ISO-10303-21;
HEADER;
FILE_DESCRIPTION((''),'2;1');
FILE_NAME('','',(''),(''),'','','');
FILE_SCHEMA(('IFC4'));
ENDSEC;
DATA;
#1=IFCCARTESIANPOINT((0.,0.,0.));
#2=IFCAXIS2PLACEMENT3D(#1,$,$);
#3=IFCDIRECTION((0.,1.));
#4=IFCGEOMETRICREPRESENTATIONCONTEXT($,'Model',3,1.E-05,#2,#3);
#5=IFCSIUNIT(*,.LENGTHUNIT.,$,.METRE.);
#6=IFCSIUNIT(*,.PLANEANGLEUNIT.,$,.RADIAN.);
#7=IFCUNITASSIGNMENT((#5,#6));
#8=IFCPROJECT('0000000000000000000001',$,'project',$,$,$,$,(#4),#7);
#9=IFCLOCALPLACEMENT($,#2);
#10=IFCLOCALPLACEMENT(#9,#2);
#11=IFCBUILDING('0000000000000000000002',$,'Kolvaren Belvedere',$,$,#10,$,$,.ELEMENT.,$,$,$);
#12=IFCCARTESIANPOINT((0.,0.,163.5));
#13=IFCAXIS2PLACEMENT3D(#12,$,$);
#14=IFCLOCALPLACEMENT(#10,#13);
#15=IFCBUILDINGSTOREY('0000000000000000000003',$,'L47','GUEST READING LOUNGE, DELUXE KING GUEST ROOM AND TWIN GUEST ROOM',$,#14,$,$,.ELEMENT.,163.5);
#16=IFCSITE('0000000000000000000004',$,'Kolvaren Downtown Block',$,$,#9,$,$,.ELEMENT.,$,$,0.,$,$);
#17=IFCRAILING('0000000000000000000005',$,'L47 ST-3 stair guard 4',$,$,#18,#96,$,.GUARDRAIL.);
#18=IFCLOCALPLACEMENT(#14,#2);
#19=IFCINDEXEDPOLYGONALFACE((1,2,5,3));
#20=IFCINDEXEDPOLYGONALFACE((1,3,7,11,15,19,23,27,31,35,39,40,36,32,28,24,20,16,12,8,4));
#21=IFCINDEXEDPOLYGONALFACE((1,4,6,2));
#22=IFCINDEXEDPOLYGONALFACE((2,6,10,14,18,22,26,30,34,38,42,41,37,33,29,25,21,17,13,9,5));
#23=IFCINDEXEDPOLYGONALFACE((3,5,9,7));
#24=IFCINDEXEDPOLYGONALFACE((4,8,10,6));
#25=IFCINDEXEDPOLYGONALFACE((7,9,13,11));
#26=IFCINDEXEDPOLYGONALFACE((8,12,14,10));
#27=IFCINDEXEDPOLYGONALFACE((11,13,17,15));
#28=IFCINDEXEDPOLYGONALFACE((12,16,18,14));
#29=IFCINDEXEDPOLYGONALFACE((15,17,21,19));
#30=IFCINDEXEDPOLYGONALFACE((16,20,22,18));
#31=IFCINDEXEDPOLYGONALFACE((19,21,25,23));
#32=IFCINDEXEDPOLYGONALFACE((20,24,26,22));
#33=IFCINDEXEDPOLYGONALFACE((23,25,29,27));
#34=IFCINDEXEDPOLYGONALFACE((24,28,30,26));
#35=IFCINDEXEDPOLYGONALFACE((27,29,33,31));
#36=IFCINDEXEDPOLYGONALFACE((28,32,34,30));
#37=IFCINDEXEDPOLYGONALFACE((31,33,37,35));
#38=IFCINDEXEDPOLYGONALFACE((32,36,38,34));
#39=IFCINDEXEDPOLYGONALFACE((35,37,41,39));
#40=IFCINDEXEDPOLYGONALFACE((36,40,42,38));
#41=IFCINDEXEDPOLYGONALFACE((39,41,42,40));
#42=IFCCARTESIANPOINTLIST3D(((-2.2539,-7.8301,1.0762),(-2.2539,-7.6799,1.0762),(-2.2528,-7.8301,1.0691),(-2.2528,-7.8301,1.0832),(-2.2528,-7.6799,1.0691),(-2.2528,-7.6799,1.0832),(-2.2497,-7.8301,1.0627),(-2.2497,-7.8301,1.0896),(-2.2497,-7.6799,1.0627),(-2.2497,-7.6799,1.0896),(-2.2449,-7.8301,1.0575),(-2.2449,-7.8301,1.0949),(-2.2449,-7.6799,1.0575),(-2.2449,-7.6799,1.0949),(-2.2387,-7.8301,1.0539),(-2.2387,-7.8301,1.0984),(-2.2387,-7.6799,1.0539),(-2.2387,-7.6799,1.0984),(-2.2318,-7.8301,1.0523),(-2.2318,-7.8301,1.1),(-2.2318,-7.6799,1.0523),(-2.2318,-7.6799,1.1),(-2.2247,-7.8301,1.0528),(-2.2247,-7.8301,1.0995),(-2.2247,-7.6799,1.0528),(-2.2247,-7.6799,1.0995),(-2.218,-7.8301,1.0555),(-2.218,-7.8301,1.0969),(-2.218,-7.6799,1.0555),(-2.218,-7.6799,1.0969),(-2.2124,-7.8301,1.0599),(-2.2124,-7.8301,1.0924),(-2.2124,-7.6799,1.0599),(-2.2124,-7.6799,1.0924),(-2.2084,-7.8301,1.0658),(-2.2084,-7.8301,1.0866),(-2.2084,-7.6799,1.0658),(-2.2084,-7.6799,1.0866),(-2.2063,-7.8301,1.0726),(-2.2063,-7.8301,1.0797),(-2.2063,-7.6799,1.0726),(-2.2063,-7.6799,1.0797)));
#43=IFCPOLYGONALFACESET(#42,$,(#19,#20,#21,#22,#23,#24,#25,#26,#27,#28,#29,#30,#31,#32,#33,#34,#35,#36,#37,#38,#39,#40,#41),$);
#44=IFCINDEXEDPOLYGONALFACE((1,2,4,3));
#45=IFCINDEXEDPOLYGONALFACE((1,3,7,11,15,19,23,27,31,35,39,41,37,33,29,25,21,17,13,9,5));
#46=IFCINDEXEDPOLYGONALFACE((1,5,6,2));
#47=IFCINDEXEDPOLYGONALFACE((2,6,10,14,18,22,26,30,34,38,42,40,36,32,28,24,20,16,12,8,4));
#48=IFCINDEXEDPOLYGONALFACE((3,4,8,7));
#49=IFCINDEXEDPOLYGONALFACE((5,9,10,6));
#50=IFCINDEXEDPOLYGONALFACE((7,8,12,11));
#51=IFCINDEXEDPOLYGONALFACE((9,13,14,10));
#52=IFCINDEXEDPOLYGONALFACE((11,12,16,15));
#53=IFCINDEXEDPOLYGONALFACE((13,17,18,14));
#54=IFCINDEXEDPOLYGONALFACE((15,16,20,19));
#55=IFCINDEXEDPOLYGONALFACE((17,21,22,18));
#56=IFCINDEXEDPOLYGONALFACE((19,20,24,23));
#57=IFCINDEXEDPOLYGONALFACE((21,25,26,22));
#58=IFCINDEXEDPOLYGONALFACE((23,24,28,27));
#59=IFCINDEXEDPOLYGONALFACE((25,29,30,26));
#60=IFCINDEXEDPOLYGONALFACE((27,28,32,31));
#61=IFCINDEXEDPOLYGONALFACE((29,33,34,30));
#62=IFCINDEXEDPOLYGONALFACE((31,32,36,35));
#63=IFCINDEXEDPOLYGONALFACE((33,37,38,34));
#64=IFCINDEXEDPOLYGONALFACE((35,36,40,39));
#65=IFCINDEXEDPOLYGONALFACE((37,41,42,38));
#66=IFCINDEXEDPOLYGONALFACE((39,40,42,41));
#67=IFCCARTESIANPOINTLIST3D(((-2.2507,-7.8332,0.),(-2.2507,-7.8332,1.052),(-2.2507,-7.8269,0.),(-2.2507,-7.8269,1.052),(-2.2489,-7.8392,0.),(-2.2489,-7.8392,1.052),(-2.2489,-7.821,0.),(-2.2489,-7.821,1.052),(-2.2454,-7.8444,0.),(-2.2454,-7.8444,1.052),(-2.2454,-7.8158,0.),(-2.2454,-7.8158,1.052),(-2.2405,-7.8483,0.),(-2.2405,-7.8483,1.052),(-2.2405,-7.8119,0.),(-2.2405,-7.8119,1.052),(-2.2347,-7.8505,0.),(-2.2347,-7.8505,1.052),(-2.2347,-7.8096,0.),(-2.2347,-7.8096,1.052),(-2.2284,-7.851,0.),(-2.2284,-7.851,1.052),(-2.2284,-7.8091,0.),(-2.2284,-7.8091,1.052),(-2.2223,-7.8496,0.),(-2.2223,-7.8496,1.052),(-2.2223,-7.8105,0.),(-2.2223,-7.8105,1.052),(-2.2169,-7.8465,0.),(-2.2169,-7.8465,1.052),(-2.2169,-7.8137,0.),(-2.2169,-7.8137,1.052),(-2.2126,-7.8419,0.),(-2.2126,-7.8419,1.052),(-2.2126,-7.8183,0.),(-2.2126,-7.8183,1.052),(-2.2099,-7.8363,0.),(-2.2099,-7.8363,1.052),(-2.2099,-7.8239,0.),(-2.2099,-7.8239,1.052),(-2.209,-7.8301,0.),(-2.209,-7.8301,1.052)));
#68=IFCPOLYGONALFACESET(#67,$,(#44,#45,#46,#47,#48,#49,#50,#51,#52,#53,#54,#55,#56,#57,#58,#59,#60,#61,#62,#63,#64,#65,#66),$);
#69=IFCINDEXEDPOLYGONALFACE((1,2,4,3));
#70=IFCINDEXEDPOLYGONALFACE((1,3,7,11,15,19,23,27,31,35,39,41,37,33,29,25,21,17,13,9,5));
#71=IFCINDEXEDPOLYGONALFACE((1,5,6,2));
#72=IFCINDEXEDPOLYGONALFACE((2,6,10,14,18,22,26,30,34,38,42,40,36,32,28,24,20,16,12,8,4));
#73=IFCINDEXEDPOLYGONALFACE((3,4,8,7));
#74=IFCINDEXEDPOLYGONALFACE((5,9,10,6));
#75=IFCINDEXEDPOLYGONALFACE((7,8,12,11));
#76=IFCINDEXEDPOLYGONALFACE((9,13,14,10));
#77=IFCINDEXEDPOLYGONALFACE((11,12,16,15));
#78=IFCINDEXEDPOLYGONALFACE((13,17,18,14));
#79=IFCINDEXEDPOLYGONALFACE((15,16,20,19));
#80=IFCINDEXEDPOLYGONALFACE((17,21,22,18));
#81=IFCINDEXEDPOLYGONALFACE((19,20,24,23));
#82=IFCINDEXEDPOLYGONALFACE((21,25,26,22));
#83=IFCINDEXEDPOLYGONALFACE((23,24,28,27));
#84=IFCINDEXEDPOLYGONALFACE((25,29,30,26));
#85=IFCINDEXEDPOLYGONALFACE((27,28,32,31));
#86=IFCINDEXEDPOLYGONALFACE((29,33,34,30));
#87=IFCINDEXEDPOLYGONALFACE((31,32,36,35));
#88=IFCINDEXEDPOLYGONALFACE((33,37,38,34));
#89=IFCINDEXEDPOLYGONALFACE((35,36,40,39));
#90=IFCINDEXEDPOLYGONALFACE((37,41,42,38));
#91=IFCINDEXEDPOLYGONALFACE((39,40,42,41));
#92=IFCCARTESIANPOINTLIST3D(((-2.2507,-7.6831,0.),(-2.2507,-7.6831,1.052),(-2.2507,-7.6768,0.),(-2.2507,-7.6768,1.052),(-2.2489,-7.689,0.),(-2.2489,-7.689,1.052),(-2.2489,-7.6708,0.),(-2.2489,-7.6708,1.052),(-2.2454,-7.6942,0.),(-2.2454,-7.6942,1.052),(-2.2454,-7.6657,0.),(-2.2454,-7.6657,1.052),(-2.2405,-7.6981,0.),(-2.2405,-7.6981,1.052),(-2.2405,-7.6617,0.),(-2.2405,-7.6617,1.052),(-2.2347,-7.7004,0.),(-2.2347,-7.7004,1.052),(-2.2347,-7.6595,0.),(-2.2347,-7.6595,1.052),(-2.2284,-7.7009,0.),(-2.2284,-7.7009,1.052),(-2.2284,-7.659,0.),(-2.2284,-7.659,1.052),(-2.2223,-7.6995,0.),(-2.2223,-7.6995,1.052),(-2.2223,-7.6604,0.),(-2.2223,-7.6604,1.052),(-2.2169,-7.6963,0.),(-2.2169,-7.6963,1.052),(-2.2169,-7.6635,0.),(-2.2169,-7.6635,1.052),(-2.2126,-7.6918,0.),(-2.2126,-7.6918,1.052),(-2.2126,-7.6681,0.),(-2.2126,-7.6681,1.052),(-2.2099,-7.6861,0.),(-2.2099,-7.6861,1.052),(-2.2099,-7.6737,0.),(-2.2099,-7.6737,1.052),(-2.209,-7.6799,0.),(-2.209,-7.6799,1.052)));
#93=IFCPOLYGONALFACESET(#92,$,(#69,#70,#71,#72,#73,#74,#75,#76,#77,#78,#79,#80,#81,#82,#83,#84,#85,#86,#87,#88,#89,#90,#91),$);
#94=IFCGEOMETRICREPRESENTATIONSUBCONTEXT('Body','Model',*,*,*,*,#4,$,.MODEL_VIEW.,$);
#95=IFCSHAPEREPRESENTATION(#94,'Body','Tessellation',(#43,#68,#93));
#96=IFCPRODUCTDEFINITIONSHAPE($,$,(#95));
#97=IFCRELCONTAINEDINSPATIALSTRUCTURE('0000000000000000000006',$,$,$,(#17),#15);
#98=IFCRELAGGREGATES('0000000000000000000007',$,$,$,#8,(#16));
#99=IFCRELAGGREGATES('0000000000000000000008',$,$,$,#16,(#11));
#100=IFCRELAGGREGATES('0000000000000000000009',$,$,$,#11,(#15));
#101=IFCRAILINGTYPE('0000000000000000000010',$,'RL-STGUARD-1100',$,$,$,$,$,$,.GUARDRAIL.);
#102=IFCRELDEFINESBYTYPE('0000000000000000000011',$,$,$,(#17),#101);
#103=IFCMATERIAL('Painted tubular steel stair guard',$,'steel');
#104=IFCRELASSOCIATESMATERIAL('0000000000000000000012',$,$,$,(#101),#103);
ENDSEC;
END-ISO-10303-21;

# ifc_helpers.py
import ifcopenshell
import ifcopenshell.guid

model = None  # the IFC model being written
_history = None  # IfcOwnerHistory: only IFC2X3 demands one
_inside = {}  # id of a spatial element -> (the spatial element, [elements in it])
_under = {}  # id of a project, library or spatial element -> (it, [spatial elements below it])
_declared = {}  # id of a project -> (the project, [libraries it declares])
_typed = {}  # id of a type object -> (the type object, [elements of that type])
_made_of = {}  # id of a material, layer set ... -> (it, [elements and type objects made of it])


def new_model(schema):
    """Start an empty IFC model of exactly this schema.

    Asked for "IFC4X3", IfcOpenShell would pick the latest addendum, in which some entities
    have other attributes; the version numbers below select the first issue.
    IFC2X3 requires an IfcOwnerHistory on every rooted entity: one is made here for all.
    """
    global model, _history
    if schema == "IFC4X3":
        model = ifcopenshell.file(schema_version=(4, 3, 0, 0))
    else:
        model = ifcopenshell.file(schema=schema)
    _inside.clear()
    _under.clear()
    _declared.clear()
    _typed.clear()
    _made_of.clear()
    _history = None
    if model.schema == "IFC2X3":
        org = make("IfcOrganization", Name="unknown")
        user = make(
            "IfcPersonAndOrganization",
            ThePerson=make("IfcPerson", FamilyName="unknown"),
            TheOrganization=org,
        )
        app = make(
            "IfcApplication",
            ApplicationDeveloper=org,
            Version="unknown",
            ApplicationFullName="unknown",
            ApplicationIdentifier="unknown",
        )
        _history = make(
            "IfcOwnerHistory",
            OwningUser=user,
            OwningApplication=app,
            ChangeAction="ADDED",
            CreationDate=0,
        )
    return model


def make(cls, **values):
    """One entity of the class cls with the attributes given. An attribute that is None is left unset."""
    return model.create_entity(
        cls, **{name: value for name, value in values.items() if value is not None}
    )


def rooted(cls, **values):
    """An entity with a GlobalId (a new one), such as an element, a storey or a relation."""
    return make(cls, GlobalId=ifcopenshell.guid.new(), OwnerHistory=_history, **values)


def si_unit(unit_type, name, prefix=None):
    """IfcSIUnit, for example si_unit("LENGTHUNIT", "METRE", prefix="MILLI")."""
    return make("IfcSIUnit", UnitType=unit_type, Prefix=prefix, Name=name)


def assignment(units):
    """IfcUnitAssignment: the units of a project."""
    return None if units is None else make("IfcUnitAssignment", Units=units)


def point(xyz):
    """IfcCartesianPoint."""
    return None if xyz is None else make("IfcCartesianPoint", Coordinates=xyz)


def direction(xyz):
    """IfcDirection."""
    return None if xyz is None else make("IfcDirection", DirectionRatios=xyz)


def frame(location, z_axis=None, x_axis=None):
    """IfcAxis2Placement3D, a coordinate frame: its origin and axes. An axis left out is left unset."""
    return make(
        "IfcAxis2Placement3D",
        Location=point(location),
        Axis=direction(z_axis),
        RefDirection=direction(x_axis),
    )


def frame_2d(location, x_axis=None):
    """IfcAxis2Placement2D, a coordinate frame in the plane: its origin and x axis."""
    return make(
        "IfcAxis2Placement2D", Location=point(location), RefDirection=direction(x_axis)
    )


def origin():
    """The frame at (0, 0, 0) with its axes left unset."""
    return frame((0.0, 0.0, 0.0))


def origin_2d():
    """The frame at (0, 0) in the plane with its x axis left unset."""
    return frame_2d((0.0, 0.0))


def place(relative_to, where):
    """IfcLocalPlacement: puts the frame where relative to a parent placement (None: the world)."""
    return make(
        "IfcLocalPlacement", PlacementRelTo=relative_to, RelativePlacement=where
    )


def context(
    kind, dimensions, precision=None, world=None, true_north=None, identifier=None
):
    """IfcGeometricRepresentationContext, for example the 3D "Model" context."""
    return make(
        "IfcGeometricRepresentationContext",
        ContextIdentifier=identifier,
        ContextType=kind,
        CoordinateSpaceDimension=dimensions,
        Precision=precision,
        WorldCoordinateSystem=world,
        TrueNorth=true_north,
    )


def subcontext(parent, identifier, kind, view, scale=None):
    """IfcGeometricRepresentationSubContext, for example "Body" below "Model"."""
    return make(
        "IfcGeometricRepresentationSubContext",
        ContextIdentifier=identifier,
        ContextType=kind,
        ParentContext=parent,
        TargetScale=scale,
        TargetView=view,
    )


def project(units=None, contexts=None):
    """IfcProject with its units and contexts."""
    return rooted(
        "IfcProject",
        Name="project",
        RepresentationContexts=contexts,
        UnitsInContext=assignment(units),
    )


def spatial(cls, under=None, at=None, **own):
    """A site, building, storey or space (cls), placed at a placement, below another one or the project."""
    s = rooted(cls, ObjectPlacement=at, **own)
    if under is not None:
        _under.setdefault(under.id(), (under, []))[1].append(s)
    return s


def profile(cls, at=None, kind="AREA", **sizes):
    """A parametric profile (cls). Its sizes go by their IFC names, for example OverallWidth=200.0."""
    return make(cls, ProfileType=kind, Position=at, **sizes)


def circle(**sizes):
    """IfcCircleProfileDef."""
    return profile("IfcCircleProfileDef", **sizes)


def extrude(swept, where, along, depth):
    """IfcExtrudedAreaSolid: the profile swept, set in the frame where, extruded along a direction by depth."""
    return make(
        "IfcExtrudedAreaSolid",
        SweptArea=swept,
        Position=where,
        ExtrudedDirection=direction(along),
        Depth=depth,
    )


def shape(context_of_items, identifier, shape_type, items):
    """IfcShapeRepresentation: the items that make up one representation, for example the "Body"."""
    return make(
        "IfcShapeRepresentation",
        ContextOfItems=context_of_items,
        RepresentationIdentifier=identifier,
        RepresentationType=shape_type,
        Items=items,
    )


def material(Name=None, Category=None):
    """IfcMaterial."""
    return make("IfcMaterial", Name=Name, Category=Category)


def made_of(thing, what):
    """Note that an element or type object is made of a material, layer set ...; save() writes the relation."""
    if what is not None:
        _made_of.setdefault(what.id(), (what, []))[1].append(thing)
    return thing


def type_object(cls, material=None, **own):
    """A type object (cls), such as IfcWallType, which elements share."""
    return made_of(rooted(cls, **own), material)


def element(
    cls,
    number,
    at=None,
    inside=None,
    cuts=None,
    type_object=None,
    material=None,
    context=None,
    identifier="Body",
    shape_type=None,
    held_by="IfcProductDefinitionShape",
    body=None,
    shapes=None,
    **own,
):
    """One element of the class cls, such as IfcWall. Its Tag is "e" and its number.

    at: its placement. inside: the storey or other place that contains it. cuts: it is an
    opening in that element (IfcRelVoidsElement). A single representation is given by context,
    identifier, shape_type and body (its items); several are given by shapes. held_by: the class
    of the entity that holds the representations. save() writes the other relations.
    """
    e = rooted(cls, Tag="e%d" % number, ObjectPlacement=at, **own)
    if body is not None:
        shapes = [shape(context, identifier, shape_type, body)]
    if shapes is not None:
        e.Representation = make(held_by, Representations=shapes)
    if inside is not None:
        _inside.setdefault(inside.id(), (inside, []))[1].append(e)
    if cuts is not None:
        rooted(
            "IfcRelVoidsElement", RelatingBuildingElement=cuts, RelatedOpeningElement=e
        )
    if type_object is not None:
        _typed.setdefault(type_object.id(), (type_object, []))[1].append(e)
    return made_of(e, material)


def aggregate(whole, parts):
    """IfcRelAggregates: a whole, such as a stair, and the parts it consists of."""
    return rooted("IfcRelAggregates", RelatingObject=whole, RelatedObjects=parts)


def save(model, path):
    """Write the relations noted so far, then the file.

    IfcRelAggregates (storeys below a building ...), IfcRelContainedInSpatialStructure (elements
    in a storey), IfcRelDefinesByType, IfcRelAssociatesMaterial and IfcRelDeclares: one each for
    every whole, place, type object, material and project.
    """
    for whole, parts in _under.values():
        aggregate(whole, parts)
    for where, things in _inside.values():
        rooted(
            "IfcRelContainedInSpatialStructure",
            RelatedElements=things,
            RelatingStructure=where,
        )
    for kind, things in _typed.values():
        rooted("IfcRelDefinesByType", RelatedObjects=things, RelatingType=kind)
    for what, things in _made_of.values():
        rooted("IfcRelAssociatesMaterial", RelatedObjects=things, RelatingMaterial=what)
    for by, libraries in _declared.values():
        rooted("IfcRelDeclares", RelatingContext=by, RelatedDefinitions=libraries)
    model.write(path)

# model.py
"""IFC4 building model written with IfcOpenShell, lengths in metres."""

from ifc_helpers import new_model, si_unit, direction, frame, origin, origin_2d, place, context, subcontext, project, spatial, circle, extrude, material, type_object, element, save


model = new_model("IFC4")

# Units and contexts
model_context = context("Model", 3, precision=1e-05, world=origin(), true_north=direction((0.0, 1.0)))
body_context = subcontext(model_context, "Body", "Model", "MODEL_VIEW")
ifc_project = project(units=[si_unit("LENGTHUNIT", "METRE"), si_unit("PLANEANGLEUNIT", "RADIAN")], contexts=[model_context])

# Site, building, storey
site_placement = place(None, origin())
site = spatial("IfcSite", under=ifc_project, at=site_placement, Name="Kolvaren Downtown Block", CompositionType="ELEMENT", RefElevation=0.0)
building_placement = place(site_placement, origin())
building = spatial("IfcBuilding", under=site, at=building_placement, Name="Kolvaren Belvedere", CompositionType="ELEMENT")
storey_placement = place(building_placement, frame((0.0, 0.0, 163.5)))
storey = spatial("IfcBuildingStorey", under=building, at=storey_placement, Name="L47", Description="GUEST READING LOUNGE, DELUXE KING GUEST ROOM AND TWIN GUEST ROOM", CompositionType="ELEMENT", Elevation=163.5)

# Railing
ifc_material_1 = material(Name="Painted tubular steel stair guard", Category="steel")
railing_type_1 = type_object("IfcRailingType", Name="RL-STGUARD-1100", PredefinedType="GUARDRAIL", material=ifc_material_1)
railing_1_placement = place(storey_placement, frame((-2.23, -7.8301, 0.0)))
element("IfcRailing", 1, at=railing_1_placement, inside=storey, type_object=railing_type_1, Name="L47 ST-3 stair guard 4", PredefinedType="GUARDRAIL", context=body_context, shape_type="SweptSolid", body=[
    extrude(circle(Radius=0.0239, at=origin_2d()), frame((0.0, 0.0, 1.0762), z_axis=(0.0, 1.0, 0.0), x_axis=(-1.0, 0.0, 0.0)), (0.0, 0.0, 1.0), 0.1501),
    extrude(circle(Radius=0.021, at=origin_2d()), origin(), (0.0, 0.0, 1.0), 1.052),
    extrude(circle(Radius=0.021, at=origin_2d()), frame((0.0, 0.1501, 0.0)), (0.0, 0.0, 1.0), 1.052),
])

save(model, "model.ifc")
